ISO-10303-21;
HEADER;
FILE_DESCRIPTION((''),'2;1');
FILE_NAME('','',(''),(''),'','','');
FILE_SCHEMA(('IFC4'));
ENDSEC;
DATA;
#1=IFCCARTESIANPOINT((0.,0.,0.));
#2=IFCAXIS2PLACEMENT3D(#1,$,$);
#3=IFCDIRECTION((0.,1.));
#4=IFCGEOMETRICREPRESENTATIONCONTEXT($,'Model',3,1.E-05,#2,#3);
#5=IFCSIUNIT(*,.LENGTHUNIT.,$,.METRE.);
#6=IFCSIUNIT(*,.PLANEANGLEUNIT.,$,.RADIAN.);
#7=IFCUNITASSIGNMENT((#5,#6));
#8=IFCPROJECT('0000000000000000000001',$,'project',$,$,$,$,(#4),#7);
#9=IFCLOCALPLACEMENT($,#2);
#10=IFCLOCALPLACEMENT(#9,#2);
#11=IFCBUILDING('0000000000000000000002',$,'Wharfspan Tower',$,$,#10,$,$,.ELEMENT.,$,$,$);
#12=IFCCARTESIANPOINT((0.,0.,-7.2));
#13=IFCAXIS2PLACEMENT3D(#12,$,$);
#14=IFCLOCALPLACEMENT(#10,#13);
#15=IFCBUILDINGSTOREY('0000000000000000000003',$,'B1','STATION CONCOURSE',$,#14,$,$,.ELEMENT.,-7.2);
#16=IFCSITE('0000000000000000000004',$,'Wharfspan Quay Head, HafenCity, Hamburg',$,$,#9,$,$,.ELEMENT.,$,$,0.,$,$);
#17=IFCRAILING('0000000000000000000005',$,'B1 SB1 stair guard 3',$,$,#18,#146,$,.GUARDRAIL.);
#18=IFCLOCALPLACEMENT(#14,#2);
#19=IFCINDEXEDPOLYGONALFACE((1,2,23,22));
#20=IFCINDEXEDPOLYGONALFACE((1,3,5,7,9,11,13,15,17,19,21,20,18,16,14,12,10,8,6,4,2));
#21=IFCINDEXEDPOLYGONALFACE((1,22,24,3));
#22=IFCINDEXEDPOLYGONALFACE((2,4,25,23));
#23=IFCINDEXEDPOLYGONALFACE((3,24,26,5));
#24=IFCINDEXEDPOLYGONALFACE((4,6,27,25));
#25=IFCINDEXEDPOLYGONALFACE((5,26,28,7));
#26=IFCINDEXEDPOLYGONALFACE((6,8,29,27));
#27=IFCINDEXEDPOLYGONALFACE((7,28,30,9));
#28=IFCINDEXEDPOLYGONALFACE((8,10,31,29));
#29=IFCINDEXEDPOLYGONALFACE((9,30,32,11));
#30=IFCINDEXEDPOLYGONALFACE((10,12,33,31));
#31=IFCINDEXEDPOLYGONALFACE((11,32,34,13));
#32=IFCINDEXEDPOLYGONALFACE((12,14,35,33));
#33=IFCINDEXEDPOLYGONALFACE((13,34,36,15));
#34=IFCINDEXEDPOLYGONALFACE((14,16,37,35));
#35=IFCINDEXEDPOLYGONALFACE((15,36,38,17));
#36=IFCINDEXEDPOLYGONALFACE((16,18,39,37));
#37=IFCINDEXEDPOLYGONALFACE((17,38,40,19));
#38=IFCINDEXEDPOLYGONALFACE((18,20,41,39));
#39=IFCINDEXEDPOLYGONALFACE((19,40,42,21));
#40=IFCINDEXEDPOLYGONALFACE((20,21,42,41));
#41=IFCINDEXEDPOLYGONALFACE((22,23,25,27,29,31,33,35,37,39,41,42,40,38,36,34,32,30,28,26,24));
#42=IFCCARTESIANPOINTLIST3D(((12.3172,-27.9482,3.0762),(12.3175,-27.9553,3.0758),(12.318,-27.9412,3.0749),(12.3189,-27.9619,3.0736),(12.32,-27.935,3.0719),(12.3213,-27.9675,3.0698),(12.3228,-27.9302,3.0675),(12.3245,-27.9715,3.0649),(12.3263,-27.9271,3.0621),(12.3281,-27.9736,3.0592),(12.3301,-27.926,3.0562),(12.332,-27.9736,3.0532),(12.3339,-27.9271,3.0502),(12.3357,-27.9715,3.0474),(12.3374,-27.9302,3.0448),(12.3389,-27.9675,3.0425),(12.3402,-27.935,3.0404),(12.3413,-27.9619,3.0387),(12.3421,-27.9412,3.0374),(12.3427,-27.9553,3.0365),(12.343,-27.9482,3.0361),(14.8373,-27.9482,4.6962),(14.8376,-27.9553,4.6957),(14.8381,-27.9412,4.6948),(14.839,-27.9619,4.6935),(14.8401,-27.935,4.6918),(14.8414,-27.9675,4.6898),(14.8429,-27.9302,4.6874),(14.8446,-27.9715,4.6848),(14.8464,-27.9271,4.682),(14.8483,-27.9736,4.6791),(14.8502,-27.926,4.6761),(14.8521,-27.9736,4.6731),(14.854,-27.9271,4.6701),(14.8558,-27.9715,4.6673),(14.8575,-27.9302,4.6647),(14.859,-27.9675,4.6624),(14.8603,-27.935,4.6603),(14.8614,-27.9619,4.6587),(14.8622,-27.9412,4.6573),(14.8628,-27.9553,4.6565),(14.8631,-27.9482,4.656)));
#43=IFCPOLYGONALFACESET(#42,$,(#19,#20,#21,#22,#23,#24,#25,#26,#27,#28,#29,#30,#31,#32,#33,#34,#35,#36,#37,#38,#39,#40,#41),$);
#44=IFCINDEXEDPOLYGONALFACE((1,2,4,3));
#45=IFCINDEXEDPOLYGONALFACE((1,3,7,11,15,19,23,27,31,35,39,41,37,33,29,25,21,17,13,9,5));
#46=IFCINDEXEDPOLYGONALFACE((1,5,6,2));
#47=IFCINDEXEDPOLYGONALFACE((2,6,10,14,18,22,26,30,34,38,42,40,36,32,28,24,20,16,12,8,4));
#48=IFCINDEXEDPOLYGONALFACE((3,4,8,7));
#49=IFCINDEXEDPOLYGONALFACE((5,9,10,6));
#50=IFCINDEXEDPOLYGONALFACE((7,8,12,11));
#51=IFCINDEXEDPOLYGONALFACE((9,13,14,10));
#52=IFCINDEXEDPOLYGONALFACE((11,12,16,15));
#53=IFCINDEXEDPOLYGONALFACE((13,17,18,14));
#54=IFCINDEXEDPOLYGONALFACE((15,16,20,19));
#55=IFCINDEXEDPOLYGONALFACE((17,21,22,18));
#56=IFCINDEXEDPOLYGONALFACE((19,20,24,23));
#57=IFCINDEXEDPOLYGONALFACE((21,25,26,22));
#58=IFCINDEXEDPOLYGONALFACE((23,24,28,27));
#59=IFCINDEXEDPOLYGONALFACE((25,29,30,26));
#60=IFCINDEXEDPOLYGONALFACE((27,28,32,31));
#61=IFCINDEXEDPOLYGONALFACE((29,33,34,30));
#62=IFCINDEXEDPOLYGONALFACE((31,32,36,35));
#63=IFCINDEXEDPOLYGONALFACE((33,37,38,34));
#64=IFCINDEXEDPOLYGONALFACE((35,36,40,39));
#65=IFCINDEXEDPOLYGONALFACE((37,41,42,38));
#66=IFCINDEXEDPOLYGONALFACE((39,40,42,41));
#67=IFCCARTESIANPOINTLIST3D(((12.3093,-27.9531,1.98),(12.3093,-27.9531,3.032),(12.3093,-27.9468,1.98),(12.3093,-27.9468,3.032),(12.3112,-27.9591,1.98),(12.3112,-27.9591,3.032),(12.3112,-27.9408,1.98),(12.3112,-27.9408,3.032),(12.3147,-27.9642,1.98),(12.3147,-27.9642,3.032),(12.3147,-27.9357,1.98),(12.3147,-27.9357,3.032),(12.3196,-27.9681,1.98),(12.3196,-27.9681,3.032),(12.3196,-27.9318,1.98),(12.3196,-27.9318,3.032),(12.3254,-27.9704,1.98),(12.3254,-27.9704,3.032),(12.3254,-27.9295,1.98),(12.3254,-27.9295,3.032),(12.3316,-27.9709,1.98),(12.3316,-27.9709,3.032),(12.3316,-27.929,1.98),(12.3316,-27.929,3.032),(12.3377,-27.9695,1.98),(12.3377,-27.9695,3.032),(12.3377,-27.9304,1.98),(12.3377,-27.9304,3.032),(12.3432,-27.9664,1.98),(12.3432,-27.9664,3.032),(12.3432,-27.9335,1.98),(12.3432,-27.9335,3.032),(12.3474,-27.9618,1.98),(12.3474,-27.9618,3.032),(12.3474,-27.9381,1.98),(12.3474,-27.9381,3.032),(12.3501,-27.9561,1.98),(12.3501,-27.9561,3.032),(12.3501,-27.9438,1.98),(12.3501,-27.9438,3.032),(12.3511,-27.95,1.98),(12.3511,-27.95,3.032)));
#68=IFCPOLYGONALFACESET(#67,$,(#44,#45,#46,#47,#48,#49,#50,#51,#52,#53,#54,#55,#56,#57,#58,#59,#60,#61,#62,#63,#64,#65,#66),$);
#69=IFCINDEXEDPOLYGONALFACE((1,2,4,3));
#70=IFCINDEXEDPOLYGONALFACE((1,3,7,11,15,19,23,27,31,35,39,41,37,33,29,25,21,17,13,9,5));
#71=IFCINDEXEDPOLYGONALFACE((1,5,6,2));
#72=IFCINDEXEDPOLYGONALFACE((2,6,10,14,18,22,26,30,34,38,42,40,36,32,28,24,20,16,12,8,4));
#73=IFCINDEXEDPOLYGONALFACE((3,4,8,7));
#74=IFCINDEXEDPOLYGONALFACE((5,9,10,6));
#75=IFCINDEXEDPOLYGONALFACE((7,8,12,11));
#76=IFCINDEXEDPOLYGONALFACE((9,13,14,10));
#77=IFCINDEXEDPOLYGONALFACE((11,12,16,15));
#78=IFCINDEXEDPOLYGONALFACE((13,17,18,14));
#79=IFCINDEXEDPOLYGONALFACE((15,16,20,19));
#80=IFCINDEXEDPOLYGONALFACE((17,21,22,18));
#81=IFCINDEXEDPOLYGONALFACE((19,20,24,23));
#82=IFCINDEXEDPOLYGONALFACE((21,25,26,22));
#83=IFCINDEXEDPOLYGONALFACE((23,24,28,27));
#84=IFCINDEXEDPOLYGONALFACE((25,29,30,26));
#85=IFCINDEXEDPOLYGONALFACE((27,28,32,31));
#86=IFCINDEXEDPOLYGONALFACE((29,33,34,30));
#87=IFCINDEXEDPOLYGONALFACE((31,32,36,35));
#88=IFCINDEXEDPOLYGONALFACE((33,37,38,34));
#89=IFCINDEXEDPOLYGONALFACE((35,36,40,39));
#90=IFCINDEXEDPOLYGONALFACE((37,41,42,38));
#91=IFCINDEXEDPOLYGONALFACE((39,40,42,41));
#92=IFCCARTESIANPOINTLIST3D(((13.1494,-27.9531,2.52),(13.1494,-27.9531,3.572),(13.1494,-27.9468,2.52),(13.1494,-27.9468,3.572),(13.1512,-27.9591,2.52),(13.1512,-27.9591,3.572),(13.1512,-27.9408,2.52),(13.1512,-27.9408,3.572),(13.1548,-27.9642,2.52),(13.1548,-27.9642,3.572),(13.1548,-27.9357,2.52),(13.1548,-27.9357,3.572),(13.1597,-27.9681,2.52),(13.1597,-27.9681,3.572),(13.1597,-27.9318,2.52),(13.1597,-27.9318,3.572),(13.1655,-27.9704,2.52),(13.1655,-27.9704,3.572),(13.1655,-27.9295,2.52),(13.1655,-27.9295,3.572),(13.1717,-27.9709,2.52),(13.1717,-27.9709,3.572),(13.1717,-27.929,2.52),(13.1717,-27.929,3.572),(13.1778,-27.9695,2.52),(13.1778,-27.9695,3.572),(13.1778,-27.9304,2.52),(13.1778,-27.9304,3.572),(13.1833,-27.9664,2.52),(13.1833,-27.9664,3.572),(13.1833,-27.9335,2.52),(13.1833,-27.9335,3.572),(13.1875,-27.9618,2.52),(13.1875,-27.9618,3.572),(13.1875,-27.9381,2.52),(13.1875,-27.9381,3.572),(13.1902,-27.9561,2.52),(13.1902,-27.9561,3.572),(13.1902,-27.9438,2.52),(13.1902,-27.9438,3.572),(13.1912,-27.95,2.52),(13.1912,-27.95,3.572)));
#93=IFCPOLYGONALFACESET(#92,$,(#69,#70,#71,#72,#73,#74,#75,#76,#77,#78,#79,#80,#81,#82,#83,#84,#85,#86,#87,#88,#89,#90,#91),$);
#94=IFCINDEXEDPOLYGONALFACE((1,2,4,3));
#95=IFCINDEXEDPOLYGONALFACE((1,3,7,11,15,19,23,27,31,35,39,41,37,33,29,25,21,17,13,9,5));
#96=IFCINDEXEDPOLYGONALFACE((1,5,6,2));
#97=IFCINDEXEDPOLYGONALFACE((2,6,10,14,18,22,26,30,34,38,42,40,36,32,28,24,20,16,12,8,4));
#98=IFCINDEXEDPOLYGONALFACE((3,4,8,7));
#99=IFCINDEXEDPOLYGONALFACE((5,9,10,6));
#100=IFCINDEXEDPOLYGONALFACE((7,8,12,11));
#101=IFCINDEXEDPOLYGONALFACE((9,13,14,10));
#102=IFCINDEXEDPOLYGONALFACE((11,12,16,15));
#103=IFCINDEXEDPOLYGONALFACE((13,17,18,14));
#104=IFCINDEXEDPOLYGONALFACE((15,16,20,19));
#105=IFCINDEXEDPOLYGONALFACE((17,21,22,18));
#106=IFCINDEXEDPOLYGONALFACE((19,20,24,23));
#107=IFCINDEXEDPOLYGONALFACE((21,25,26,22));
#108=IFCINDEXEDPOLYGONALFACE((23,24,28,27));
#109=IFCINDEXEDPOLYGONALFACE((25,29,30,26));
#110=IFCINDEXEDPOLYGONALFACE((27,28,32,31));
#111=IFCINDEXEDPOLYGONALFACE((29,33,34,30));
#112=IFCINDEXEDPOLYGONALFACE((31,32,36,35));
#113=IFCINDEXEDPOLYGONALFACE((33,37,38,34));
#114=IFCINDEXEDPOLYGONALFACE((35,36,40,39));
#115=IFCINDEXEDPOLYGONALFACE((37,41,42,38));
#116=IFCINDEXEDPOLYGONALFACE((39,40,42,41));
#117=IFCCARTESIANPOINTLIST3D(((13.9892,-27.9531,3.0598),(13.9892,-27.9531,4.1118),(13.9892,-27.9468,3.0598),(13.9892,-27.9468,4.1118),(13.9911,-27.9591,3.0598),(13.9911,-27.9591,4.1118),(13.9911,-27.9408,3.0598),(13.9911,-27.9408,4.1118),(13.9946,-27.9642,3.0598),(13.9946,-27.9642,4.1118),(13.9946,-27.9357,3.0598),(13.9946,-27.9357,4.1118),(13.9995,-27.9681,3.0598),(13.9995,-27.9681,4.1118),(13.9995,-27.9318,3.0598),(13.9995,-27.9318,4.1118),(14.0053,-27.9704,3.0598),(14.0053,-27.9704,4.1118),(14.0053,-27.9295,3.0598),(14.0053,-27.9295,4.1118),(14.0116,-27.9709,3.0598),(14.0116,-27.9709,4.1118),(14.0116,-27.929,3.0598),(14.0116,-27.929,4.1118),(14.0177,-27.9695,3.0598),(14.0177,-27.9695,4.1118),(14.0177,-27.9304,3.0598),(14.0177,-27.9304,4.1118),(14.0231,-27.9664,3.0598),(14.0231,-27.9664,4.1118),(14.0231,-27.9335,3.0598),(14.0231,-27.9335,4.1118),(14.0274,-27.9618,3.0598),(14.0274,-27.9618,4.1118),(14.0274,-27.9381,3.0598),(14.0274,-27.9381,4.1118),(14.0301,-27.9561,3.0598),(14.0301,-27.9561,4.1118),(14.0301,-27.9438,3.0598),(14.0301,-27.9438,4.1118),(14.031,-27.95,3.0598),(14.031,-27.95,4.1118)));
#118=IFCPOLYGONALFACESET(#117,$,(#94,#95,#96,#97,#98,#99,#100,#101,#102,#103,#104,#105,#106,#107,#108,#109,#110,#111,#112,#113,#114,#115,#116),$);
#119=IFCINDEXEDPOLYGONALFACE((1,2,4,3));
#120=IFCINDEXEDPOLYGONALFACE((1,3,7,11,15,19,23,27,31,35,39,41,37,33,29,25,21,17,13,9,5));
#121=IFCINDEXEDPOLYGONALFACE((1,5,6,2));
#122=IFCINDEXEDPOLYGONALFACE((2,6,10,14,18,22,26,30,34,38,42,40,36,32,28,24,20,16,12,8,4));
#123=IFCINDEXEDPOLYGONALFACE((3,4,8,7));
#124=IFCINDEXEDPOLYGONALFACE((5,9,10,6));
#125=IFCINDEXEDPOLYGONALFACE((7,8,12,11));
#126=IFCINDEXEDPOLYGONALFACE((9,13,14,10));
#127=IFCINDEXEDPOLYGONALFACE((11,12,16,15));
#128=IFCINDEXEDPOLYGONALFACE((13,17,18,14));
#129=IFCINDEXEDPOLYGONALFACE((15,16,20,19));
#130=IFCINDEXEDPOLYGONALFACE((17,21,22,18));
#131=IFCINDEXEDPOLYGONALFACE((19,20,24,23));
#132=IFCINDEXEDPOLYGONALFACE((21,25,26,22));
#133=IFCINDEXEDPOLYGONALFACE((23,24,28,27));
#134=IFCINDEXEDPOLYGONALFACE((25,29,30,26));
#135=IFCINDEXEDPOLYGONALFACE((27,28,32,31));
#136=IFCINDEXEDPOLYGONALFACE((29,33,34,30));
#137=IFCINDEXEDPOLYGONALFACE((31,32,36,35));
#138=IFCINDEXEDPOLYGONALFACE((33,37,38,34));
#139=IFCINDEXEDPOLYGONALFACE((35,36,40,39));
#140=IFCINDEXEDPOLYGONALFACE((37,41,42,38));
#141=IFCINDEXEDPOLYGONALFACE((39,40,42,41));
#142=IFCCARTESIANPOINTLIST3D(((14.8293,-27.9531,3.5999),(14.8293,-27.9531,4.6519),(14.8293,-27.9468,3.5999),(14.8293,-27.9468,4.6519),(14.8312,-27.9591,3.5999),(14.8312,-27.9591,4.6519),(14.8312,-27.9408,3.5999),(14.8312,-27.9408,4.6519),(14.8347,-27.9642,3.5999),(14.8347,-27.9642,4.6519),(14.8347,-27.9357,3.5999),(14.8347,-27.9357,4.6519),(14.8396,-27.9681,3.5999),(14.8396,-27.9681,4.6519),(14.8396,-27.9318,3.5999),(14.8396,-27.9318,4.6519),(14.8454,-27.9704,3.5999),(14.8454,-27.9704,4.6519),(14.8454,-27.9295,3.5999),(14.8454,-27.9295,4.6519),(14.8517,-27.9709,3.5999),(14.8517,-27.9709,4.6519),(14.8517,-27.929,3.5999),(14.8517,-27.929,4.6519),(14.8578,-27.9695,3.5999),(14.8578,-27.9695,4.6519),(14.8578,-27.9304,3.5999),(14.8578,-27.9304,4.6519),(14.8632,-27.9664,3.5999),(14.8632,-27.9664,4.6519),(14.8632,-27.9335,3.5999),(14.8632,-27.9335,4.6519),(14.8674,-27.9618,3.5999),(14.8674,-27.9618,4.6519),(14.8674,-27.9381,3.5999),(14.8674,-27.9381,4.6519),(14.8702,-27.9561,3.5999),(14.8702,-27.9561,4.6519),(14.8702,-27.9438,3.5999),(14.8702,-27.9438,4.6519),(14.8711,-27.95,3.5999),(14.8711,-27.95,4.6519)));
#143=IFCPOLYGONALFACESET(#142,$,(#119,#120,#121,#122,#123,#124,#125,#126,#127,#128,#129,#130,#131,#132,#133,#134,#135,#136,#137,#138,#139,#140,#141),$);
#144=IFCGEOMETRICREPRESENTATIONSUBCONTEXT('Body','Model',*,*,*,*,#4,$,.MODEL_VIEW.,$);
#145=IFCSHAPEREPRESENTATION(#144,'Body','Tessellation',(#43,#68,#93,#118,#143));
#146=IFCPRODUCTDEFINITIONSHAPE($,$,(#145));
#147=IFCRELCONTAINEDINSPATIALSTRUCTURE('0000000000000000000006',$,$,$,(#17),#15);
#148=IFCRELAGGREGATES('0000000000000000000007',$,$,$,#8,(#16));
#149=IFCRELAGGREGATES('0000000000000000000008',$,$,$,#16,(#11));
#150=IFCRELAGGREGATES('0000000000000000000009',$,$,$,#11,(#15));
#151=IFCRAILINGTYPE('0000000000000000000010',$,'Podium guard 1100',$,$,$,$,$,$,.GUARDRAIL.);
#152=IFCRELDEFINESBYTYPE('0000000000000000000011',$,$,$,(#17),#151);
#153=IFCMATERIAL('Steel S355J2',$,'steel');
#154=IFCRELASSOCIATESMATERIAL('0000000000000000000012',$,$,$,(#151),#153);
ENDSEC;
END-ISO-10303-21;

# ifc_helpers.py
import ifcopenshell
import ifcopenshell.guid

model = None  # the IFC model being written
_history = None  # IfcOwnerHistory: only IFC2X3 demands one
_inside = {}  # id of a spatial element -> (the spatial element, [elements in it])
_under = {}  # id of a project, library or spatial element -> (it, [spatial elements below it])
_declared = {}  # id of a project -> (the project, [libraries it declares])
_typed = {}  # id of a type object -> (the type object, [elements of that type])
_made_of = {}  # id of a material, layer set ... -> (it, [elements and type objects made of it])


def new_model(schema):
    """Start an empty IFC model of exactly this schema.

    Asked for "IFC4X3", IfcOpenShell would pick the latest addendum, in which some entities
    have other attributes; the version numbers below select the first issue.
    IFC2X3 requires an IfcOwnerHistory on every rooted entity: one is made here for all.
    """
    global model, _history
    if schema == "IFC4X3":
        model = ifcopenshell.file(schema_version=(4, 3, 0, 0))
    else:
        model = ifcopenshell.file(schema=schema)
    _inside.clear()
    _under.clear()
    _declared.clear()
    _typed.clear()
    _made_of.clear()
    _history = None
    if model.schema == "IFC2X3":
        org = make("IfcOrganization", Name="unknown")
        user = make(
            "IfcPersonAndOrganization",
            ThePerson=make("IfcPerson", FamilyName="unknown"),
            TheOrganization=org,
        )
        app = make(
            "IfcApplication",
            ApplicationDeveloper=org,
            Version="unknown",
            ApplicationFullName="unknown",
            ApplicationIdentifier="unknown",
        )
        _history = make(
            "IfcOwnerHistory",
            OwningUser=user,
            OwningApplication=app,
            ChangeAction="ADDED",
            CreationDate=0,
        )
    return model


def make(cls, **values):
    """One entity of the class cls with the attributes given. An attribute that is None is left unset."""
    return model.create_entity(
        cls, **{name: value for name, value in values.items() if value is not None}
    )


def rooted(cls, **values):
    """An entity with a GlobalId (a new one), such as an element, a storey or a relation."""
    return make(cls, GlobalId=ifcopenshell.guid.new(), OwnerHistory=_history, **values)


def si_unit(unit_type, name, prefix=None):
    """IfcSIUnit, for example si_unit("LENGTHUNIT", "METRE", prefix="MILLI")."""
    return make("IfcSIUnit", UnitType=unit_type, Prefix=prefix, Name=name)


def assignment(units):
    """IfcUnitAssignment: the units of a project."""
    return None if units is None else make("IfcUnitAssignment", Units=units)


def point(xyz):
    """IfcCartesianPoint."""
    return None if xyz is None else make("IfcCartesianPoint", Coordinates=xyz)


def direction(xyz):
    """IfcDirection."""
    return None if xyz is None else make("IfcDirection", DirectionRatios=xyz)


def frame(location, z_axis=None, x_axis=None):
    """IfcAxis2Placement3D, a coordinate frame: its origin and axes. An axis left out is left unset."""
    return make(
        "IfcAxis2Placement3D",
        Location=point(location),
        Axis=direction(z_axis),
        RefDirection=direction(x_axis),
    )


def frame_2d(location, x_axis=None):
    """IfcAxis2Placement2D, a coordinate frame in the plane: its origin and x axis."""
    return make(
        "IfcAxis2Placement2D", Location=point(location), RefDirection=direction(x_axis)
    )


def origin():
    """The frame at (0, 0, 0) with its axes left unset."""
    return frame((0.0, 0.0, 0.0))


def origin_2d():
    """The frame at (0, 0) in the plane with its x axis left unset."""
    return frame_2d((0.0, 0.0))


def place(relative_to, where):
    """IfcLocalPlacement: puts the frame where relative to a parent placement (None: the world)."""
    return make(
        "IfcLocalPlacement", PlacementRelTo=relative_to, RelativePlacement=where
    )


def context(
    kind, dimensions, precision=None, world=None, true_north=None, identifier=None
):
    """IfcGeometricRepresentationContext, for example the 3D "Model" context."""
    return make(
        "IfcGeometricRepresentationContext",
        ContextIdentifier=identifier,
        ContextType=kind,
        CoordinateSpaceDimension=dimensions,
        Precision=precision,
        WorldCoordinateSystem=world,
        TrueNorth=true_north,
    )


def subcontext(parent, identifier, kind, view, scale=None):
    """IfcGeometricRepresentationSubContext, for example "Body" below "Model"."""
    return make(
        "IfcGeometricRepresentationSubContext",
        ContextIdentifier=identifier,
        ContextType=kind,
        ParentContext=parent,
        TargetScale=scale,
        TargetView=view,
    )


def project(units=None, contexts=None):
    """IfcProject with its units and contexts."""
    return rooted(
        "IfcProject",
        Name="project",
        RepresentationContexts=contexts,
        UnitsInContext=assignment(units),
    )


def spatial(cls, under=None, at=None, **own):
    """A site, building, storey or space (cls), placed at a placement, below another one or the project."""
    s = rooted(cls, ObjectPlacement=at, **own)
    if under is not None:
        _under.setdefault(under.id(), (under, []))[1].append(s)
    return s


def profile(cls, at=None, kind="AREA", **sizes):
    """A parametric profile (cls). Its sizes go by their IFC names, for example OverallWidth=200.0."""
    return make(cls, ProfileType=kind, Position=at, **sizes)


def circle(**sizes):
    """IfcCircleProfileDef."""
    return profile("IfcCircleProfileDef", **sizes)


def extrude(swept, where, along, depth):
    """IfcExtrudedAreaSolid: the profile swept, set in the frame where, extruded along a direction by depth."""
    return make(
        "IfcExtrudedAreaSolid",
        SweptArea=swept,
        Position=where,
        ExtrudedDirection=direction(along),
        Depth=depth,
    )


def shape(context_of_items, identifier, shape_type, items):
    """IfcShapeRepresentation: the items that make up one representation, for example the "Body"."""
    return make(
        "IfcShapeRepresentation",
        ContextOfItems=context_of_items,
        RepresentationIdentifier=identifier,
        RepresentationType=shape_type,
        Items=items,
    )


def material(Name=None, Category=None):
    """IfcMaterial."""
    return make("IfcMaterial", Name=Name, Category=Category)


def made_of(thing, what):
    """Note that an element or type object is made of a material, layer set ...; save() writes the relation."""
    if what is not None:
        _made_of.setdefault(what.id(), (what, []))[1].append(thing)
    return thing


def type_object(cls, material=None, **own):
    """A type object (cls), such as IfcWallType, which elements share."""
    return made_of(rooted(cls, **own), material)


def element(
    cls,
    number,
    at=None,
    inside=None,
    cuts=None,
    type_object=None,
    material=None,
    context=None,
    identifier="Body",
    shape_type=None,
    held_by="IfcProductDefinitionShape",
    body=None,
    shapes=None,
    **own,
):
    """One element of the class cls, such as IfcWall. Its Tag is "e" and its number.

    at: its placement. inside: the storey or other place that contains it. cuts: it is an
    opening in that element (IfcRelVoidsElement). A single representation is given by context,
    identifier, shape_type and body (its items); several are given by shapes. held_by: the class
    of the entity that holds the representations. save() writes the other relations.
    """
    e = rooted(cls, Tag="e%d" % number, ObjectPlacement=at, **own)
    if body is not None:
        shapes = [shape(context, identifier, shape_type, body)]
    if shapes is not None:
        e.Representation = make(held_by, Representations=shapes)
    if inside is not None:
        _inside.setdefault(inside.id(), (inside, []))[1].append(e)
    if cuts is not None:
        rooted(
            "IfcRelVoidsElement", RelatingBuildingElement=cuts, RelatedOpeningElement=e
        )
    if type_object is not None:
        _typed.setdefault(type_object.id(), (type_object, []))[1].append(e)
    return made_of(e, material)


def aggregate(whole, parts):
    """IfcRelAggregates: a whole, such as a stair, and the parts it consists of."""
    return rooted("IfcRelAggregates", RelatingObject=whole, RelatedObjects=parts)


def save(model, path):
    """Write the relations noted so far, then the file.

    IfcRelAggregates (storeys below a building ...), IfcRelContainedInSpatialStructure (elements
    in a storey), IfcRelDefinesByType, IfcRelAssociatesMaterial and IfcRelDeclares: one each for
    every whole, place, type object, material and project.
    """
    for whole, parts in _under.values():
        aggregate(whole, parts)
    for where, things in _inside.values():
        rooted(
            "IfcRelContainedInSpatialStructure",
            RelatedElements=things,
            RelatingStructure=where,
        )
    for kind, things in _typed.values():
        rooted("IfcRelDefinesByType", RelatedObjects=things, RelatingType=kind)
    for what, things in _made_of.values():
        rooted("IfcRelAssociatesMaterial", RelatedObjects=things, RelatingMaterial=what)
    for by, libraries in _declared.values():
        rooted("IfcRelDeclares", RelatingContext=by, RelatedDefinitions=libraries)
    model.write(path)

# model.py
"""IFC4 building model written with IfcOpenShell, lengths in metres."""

from ifc_helpers import new_model, si_unit, direction, frame, origin, origin_2d, place, context, subcontext, project, spatial, circle, extrude, material, type_object, element, save


model = new_model("IFC4")

# Units and contexts
model_context = context("Model", 3, precision=1e-05, world=origin(), true_north=direction((0.0, 1.0)))
body_context = subcontext(model_context, "Body", "Model", "MODEL_VIEW")
ifc_project = project(units=[si_unit("LENGTHUNIT", "METRE"), si_unit("PLANEANGLEUNIT", "RADIAN")], contexts=[model_context])

# Site, building, storey
site_placement = place(None, origin())
site = spatial("IfcSite", under=ifc_project, at=site_placement, Name="Wharfspan Quay Head, HafenCity, Hamburg", CompositionType="ELEMENT", RefElevation=0.0)
building_placement = place(site_placement, origin())
building = spatial("IfcBuilding", under=site, at=building_placement, Name="Wharfspan Tower", CompositionType="ELEMENT")
storey_placement = place(building_placement, frame((0.0, 0.0, -7.2)))
storey = spatial("IfcBuildingStorey", under=building, at=storey_placement, Name="B1", Description="STATION CONCOURSE", CompositionType="ELEMENT", Elevation=-7.2)

# Railing
ifc_material_1 = material(Name="Steel S355J2", Category="steel")
railing_type_1 = type_object("IfcRailingType", Name="Podium guard 1100", PredefinedType="GUARDRAIL", material=ifc_material_1)
railing_1_placement = place(storey_placement, frame((12.3301, -27.95, 1.98)))
element("IfcRailing", 1, at=railing_1_placement, inside=storey, type_object=railing_type_1, Name="B1 SB1 stair guard 3", PredefinedType="GUARDRAIL", context=body_context, shape_type="SweptSolid", body=[
    extrude(circle(Radius=0.0239, at=origin_2d()), frame((0.0, 0.0, 1.0762), z_axis=(0.8412, 0.0, 0.540725), x_axis=(0.0, 1.0, 0.0)), (0.0, 0.0, 1.0), 2.9958),
    extrude(circle(Radius=0.021, at=origin_2d()), origin(), (0.0, 0.0, 1.0), 1.052),
    extrude(circle(Radius=0.021, at=origin_2d()), frame((0.8401, 0.0, 0.54)), (0.0, 0.0, 1.0), 1.052),
    extrude(circle(Radius=0.021, at=origin_2d()), frame((1.6799, 0.0, 1.0798)), (0.0, 0.0, 1.0), 1.052),
    extrude(circle(Radius=0.021, at=origin_2d()), frame((2.52, 0.0, 1.6199)), (0.0, 0.0, 1.0), 1.052),
])

save(model, "model.ifc")
